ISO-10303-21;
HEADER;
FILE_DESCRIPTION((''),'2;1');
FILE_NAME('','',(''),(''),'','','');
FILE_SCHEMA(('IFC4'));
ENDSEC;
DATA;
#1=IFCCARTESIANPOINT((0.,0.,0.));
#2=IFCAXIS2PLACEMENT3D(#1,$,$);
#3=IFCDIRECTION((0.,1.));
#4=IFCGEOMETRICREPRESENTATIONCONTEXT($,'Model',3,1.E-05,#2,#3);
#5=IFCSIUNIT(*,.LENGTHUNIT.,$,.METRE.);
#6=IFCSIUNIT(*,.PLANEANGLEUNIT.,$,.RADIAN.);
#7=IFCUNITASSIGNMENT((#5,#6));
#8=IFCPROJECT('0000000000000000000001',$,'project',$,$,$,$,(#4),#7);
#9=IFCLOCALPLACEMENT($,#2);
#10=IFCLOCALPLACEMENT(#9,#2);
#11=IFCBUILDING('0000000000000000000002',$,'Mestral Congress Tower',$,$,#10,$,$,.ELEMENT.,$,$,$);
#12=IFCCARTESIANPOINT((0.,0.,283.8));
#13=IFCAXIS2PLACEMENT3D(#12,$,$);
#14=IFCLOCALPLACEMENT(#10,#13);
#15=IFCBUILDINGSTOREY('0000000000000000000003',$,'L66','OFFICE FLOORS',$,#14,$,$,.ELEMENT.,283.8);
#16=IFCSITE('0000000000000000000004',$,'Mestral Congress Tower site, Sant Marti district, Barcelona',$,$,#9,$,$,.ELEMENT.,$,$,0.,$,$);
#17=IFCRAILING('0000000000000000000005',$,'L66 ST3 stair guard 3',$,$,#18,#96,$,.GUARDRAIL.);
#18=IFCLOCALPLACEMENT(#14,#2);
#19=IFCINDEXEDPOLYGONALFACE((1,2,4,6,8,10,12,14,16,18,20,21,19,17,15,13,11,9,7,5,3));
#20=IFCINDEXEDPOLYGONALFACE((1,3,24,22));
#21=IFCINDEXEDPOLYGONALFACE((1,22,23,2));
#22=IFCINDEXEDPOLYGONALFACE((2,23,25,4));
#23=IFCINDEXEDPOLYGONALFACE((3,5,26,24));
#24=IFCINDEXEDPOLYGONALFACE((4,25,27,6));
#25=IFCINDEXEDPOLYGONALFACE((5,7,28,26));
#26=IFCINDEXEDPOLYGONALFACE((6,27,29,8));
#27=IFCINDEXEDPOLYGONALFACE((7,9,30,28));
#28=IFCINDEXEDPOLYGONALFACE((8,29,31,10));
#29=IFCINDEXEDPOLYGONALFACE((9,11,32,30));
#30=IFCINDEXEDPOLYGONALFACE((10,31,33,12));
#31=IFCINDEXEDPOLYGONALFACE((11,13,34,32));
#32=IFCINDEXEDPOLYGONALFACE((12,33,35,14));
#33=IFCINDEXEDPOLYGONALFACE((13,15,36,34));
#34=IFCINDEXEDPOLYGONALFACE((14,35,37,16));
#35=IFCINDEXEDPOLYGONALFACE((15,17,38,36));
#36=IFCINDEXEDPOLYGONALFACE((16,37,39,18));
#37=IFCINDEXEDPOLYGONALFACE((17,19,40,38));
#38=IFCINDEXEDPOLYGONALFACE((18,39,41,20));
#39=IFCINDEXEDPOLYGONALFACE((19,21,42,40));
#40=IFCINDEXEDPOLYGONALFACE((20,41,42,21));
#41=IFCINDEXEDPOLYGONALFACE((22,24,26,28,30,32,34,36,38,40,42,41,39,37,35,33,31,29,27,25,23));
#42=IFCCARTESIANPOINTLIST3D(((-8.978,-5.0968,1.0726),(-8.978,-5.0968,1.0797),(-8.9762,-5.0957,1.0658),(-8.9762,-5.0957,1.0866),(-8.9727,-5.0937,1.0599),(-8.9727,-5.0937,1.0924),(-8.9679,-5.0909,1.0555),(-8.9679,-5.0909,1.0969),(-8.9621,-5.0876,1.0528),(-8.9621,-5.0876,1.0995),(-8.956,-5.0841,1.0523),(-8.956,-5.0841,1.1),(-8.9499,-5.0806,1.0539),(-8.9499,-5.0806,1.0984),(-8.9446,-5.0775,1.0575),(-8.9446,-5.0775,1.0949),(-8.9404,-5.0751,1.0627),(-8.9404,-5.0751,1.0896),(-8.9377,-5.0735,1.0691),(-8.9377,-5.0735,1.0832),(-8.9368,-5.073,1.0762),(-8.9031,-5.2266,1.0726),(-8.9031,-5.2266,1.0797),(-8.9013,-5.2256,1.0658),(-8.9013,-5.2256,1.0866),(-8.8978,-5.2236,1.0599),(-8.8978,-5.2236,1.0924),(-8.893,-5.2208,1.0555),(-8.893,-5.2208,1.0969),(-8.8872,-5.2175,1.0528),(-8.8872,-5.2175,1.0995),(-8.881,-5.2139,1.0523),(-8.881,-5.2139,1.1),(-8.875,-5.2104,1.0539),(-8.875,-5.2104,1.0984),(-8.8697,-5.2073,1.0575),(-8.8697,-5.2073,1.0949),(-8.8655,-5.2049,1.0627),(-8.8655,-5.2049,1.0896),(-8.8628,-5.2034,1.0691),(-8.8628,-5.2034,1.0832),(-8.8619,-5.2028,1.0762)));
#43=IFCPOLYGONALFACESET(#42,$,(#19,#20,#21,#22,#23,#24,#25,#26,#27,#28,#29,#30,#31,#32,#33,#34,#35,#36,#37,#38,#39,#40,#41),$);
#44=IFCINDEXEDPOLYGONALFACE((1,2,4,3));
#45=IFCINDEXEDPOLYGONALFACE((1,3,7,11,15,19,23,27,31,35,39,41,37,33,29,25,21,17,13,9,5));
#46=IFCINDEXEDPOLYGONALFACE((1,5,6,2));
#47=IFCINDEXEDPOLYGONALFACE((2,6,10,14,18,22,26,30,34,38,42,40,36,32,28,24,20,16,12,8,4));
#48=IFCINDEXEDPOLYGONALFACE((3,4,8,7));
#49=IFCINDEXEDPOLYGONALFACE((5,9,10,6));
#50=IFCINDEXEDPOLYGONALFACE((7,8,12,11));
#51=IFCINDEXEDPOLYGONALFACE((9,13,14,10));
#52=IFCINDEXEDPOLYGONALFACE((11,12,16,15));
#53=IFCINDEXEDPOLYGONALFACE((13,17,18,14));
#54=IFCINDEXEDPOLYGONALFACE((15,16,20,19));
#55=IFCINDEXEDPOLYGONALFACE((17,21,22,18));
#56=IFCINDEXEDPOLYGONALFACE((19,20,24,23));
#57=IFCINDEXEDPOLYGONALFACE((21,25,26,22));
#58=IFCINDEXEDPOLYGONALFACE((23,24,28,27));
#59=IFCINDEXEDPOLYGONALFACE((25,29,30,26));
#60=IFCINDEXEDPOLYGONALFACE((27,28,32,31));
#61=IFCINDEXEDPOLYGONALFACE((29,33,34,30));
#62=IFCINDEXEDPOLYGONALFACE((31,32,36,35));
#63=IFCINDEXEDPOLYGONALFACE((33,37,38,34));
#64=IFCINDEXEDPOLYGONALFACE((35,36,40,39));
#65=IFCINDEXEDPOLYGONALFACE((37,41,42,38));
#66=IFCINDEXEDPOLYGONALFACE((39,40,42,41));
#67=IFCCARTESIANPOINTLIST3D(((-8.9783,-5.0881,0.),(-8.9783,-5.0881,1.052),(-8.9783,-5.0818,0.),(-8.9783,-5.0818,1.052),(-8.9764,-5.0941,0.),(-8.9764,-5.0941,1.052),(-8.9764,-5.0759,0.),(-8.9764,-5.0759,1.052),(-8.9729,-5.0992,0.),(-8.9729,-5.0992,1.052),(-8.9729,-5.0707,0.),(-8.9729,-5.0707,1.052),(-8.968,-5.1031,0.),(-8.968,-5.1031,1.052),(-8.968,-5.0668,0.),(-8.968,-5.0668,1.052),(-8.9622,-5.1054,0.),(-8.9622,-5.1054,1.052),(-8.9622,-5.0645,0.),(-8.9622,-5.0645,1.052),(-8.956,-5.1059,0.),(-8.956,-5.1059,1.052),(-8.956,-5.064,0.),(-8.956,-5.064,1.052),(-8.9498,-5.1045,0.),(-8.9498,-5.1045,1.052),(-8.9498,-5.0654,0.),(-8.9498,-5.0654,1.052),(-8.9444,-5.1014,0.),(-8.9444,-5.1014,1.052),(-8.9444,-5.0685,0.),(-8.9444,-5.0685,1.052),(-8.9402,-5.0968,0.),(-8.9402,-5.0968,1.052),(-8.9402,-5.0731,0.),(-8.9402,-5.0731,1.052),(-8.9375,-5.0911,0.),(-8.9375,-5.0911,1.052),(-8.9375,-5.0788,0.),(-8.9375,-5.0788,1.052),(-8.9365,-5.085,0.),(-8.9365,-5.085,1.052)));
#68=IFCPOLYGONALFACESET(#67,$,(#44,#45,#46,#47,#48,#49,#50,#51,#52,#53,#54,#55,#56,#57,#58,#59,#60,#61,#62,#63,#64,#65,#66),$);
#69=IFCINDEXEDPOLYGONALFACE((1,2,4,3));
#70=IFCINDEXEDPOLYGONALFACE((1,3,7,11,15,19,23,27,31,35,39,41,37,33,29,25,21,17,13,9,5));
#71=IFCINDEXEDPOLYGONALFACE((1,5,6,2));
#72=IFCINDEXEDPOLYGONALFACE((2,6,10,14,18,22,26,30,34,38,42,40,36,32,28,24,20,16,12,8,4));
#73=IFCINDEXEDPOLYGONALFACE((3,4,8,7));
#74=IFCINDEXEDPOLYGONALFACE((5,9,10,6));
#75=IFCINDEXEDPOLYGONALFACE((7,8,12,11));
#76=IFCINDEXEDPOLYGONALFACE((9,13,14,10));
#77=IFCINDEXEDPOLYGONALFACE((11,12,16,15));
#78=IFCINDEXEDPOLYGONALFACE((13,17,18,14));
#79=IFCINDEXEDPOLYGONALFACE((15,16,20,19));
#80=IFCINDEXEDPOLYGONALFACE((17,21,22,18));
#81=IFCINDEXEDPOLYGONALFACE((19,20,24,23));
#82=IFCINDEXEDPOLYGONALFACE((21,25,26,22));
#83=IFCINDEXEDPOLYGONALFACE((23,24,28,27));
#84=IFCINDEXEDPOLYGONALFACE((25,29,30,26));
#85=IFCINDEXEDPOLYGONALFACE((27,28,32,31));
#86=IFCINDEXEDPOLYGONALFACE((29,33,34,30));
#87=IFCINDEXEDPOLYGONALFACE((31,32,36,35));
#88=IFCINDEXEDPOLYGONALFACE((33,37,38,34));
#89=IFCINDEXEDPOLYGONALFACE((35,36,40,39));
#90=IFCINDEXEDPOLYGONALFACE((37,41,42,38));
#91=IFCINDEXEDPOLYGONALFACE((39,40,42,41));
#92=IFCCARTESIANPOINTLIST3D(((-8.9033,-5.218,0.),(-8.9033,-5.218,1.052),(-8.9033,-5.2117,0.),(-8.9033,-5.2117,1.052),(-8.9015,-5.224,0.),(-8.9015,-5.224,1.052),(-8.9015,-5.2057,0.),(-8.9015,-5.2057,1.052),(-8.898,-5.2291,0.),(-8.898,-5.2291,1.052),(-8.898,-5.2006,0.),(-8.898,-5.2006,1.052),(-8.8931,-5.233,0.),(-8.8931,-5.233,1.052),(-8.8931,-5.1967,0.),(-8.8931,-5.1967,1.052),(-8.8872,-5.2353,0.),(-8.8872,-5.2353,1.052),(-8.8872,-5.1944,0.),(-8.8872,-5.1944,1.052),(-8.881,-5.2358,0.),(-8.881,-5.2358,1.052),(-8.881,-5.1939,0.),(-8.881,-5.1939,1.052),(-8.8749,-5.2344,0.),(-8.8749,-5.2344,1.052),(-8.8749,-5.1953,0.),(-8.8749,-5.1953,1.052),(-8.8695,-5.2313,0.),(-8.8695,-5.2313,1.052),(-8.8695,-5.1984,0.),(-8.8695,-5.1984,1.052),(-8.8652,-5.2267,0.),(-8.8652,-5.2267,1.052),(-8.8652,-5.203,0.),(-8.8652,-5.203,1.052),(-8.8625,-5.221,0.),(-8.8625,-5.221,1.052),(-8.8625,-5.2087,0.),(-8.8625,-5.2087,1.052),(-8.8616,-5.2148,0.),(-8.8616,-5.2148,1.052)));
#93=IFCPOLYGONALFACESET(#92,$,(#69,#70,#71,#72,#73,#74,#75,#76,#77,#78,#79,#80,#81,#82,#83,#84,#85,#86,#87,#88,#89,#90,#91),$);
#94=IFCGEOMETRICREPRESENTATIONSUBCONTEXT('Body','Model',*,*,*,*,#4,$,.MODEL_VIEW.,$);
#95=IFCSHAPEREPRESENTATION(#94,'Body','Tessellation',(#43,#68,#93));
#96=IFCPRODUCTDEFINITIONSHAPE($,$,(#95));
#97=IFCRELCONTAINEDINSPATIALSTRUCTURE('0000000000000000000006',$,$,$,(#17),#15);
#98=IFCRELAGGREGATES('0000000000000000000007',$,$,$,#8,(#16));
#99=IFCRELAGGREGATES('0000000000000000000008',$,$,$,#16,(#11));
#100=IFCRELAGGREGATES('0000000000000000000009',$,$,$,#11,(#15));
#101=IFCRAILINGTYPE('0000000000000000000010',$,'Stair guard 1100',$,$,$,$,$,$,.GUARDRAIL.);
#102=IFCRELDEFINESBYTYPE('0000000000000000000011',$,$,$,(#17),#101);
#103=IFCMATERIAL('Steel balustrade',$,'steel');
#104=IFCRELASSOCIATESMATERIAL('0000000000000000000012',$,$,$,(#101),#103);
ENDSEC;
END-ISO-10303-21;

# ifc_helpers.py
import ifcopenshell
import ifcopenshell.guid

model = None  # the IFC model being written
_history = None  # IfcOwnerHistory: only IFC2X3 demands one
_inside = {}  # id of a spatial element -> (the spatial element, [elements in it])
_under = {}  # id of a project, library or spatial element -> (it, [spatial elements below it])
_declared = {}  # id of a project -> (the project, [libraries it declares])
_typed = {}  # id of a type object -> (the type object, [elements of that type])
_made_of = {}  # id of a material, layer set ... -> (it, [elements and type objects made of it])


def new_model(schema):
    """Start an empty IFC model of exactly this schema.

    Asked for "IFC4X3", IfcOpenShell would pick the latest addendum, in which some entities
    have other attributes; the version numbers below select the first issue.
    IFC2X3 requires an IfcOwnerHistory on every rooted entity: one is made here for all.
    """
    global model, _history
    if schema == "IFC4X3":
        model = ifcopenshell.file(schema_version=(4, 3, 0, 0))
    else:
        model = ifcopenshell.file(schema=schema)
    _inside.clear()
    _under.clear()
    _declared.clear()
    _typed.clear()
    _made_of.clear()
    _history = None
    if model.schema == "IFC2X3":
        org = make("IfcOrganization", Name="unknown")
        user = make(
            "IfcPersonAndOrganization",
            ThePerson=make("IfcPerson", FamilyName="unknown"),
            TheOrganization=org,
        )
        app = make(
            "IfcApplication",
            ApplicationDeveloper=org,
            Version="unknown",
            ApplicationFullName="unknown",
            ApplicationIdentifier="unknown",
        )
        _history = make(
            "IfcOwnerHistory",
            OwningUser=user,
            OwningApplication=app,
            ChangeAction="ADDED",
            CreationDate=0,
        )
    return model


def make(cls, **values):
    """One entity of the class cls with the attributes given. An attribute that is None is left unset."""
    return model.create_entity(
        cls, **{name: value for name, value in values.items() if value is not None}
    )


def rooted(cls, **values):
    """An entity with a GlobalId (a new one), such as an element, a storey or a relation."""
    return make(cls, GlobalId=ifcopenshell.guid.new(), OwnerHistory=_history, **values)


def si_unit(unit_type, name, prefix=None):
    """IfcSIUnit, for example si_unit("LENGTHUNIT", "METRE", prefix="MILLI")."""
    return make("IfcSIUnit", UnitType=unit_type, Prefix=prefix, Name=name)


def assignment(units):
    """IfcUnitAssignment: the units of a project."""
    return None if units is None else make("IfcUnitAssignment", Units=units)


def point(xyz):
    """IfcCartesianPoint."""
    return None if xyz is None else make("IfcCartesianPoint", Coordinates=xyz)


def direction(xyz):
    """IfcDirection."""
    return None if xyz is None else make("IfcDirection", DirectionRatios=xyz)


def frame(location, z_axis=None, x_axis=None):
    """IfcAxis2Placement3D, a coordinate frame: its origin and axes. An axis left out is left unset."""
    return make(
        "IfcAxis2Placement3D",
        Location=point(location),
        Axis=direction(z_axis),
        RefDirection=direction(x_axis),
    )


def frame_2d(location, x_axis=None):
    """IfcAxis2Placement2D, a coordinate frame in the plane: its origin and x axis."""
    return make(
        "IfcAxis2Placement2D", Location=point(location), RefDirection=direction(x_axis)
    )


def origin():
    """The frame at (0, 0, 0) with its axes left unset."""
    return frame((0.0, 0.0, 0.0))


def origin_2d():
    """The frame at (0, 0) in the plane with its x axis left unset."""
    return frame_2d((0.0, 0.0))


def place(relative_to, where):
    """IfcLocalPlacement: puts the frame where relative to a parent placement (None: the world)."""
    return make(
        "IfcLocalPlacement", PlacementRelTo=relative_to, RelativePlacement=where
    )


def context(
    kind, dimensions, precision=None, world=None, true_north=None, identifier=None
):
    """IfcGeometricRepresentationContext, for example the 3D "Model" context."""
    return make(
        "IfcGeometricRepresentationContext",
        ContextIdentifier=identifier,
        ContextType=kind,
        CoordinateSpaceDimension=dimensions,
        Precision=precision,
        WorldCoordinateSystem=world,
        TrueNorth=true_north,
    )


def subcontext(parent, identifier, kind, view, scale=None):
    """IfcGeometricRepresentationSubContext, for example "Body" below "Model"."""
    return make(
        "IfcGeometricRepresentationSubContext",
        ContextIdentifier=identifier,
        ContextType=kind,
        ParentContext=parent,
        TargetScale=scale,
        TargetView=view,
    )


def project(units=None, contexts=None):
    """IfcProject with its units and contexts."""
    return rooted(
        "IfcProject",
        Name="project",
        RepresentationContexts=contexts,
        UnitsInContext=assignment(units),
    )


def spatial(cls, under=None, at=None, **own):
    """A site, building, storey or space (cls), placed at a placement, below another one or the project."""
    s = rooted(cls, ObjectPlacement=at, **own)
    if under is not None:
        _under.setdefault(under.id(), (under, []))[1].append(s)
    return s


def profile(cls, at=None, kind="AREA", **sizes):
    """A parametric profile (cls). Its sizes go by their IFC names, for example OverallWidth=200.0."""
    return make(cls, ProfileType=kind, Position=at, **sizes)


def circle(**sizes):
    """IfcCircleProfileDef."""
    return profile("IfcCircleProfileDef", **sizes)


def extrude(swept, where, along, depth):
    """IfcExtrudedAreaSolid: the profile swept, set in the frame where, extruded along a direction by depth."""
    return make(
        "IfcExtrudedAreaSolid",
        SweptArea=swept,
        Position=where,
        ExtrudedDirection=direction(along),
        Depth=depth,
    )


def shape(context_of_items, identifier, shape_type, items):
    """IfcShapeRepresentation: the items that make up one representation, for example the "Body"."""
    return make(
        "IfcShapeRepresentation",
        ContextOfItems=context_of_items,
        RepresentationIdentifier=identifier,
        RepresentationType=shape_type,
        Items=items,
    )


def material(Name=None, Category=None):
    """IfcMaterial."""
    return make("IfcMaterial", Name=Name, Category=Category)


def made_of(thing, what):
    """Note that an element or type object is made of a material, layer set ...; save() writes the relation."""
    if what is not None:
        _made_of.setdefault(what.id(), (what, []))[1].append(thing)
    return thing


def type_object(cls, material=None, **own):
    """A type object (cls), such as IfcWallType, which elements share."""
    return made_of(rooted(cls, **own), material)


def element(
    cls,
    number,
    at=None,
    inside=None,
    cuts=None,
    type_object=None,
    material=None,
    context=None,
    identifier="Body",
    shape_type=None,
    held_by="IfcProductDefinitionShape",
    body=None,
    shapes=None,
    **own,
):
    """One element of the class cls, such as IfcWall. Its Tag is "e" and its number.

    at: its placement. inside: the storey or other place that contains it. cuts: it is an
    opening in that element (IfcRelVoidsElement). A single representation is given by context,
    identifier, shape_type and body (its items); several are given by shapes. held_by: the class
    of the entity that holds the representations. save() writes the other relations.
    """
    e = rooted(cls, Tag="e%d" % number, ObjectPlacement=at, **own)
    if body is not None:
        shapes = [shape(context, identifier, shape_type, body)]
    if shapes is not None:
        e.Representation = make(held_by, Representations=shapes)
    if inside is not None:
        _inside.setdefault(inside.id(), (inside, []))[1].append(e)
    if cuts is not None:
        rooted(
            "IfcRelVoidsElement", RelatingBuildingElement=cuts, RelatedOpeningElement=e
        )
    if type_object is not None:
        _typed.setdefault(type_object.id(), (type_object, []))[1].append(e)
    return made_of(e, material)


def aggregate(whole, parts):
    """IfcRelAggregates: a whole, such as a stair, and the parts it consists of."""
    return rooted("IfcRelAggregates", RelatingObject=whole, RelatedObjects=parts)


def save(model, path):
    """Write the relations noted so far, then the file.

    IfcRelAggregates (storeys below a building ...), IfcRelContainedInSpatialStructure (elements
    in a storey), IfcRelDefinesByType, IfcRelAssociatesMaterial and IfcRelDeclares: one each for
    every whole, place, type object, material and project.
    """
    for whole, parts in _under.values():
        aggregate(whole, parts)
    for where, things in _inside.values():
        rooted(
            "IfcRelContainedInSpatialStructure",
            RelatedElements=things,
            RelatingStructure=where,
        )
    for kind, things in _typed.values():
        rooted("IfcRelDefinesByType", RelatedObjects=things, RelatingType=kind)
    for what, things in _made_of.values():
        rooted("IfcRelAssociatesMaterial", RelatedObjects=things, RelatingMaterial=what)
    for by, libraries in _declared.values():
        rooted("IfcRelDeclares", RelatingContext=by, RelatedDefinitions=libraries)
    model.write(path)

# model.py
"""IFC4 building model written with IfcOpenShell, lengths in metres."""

from ifc_helpers import new_model, si_unit, direction, frame, origin, origin_2d, place, context, subcontext, project, spatial, circle, extrude, material, type_object, element, save


model = new_model("IFC4")

# Units and contexts
model_context = context("Model", 3, precision=1e-05, world=origin(), true_north=direction((0.0, 1.0)))
body_context = subcontext(model_context, "Body", "Model", "MODEL_VIEW")
ifc_project = project(units=[si_unit("LENGTHUNIT", "METRE"), si_unit("PLANEANGLEUNIT", "RADIAN")], contexts=[model_context])

# Site, building, storey
site_placement = place(None, origin())
site = spatial("IfcSite", under=ifc_project, at=site_placement, Name="Mestral Congress Tower site, Sant Marti district, Barcelona", CompositionType="ELEMENT", RefElevation=0.0)
building_placement = place(site_placement, origin())
building = spatial("IfcBuilding", under=site, at=building_placement, Name="Mestral Congress Tower", CompositionType="ELEMENT")
storey_placement = place(building_placement, frame((0.0, 0.0, 283.8)))
storey = spatial("IfcBuildingStorey", under=building, at=storey_placement, Name="L66", Description="OFFICE FLOORS", CompositionType="ELEMENT", Elevation=283.8)

# Railing
ifc_material_1 = material(Name="Steel balustrade", Category="steel")
railing_type_1 = type_object("IfcRailingType", Name="Stair guard 1100", PredefinedType="GUARDRAIL", material=ifc_material_1)
railing_1_placement = place(storey_placement, frame((-8.9575, -5.085, 0.0)))
element("IfcRailing", 1, at=railing_1_placement, inside=storey, type_object=railing_type_1, Name="L66 ST3 stair guard 3", PredefinedType="GUARDRAIL", context=body_context, shape_type="SweptSolid", body=[
    extrude(circle(Radius=0.0239, at=origin_2d()), frame((0.0, 0.0, 1.0762), z_axis=(0.499816, -0.866131, 0.0), x_axis=(0.866131, 0.499816, 0.0)), (0.0, 0.0, 1.0), 0.1499),
    extrude(circle(Radius=0.021, at=origin_2d()), origin(), (0.0, 0.0, 1.0), 1.052),
    extrude(circle(Radius=0.021, at=origin_2d()), frame((0.075, -0.1299, 0.0)), (0.0, 0.0, 1.0), 1.052),
])

save(model, "model.ifc")
